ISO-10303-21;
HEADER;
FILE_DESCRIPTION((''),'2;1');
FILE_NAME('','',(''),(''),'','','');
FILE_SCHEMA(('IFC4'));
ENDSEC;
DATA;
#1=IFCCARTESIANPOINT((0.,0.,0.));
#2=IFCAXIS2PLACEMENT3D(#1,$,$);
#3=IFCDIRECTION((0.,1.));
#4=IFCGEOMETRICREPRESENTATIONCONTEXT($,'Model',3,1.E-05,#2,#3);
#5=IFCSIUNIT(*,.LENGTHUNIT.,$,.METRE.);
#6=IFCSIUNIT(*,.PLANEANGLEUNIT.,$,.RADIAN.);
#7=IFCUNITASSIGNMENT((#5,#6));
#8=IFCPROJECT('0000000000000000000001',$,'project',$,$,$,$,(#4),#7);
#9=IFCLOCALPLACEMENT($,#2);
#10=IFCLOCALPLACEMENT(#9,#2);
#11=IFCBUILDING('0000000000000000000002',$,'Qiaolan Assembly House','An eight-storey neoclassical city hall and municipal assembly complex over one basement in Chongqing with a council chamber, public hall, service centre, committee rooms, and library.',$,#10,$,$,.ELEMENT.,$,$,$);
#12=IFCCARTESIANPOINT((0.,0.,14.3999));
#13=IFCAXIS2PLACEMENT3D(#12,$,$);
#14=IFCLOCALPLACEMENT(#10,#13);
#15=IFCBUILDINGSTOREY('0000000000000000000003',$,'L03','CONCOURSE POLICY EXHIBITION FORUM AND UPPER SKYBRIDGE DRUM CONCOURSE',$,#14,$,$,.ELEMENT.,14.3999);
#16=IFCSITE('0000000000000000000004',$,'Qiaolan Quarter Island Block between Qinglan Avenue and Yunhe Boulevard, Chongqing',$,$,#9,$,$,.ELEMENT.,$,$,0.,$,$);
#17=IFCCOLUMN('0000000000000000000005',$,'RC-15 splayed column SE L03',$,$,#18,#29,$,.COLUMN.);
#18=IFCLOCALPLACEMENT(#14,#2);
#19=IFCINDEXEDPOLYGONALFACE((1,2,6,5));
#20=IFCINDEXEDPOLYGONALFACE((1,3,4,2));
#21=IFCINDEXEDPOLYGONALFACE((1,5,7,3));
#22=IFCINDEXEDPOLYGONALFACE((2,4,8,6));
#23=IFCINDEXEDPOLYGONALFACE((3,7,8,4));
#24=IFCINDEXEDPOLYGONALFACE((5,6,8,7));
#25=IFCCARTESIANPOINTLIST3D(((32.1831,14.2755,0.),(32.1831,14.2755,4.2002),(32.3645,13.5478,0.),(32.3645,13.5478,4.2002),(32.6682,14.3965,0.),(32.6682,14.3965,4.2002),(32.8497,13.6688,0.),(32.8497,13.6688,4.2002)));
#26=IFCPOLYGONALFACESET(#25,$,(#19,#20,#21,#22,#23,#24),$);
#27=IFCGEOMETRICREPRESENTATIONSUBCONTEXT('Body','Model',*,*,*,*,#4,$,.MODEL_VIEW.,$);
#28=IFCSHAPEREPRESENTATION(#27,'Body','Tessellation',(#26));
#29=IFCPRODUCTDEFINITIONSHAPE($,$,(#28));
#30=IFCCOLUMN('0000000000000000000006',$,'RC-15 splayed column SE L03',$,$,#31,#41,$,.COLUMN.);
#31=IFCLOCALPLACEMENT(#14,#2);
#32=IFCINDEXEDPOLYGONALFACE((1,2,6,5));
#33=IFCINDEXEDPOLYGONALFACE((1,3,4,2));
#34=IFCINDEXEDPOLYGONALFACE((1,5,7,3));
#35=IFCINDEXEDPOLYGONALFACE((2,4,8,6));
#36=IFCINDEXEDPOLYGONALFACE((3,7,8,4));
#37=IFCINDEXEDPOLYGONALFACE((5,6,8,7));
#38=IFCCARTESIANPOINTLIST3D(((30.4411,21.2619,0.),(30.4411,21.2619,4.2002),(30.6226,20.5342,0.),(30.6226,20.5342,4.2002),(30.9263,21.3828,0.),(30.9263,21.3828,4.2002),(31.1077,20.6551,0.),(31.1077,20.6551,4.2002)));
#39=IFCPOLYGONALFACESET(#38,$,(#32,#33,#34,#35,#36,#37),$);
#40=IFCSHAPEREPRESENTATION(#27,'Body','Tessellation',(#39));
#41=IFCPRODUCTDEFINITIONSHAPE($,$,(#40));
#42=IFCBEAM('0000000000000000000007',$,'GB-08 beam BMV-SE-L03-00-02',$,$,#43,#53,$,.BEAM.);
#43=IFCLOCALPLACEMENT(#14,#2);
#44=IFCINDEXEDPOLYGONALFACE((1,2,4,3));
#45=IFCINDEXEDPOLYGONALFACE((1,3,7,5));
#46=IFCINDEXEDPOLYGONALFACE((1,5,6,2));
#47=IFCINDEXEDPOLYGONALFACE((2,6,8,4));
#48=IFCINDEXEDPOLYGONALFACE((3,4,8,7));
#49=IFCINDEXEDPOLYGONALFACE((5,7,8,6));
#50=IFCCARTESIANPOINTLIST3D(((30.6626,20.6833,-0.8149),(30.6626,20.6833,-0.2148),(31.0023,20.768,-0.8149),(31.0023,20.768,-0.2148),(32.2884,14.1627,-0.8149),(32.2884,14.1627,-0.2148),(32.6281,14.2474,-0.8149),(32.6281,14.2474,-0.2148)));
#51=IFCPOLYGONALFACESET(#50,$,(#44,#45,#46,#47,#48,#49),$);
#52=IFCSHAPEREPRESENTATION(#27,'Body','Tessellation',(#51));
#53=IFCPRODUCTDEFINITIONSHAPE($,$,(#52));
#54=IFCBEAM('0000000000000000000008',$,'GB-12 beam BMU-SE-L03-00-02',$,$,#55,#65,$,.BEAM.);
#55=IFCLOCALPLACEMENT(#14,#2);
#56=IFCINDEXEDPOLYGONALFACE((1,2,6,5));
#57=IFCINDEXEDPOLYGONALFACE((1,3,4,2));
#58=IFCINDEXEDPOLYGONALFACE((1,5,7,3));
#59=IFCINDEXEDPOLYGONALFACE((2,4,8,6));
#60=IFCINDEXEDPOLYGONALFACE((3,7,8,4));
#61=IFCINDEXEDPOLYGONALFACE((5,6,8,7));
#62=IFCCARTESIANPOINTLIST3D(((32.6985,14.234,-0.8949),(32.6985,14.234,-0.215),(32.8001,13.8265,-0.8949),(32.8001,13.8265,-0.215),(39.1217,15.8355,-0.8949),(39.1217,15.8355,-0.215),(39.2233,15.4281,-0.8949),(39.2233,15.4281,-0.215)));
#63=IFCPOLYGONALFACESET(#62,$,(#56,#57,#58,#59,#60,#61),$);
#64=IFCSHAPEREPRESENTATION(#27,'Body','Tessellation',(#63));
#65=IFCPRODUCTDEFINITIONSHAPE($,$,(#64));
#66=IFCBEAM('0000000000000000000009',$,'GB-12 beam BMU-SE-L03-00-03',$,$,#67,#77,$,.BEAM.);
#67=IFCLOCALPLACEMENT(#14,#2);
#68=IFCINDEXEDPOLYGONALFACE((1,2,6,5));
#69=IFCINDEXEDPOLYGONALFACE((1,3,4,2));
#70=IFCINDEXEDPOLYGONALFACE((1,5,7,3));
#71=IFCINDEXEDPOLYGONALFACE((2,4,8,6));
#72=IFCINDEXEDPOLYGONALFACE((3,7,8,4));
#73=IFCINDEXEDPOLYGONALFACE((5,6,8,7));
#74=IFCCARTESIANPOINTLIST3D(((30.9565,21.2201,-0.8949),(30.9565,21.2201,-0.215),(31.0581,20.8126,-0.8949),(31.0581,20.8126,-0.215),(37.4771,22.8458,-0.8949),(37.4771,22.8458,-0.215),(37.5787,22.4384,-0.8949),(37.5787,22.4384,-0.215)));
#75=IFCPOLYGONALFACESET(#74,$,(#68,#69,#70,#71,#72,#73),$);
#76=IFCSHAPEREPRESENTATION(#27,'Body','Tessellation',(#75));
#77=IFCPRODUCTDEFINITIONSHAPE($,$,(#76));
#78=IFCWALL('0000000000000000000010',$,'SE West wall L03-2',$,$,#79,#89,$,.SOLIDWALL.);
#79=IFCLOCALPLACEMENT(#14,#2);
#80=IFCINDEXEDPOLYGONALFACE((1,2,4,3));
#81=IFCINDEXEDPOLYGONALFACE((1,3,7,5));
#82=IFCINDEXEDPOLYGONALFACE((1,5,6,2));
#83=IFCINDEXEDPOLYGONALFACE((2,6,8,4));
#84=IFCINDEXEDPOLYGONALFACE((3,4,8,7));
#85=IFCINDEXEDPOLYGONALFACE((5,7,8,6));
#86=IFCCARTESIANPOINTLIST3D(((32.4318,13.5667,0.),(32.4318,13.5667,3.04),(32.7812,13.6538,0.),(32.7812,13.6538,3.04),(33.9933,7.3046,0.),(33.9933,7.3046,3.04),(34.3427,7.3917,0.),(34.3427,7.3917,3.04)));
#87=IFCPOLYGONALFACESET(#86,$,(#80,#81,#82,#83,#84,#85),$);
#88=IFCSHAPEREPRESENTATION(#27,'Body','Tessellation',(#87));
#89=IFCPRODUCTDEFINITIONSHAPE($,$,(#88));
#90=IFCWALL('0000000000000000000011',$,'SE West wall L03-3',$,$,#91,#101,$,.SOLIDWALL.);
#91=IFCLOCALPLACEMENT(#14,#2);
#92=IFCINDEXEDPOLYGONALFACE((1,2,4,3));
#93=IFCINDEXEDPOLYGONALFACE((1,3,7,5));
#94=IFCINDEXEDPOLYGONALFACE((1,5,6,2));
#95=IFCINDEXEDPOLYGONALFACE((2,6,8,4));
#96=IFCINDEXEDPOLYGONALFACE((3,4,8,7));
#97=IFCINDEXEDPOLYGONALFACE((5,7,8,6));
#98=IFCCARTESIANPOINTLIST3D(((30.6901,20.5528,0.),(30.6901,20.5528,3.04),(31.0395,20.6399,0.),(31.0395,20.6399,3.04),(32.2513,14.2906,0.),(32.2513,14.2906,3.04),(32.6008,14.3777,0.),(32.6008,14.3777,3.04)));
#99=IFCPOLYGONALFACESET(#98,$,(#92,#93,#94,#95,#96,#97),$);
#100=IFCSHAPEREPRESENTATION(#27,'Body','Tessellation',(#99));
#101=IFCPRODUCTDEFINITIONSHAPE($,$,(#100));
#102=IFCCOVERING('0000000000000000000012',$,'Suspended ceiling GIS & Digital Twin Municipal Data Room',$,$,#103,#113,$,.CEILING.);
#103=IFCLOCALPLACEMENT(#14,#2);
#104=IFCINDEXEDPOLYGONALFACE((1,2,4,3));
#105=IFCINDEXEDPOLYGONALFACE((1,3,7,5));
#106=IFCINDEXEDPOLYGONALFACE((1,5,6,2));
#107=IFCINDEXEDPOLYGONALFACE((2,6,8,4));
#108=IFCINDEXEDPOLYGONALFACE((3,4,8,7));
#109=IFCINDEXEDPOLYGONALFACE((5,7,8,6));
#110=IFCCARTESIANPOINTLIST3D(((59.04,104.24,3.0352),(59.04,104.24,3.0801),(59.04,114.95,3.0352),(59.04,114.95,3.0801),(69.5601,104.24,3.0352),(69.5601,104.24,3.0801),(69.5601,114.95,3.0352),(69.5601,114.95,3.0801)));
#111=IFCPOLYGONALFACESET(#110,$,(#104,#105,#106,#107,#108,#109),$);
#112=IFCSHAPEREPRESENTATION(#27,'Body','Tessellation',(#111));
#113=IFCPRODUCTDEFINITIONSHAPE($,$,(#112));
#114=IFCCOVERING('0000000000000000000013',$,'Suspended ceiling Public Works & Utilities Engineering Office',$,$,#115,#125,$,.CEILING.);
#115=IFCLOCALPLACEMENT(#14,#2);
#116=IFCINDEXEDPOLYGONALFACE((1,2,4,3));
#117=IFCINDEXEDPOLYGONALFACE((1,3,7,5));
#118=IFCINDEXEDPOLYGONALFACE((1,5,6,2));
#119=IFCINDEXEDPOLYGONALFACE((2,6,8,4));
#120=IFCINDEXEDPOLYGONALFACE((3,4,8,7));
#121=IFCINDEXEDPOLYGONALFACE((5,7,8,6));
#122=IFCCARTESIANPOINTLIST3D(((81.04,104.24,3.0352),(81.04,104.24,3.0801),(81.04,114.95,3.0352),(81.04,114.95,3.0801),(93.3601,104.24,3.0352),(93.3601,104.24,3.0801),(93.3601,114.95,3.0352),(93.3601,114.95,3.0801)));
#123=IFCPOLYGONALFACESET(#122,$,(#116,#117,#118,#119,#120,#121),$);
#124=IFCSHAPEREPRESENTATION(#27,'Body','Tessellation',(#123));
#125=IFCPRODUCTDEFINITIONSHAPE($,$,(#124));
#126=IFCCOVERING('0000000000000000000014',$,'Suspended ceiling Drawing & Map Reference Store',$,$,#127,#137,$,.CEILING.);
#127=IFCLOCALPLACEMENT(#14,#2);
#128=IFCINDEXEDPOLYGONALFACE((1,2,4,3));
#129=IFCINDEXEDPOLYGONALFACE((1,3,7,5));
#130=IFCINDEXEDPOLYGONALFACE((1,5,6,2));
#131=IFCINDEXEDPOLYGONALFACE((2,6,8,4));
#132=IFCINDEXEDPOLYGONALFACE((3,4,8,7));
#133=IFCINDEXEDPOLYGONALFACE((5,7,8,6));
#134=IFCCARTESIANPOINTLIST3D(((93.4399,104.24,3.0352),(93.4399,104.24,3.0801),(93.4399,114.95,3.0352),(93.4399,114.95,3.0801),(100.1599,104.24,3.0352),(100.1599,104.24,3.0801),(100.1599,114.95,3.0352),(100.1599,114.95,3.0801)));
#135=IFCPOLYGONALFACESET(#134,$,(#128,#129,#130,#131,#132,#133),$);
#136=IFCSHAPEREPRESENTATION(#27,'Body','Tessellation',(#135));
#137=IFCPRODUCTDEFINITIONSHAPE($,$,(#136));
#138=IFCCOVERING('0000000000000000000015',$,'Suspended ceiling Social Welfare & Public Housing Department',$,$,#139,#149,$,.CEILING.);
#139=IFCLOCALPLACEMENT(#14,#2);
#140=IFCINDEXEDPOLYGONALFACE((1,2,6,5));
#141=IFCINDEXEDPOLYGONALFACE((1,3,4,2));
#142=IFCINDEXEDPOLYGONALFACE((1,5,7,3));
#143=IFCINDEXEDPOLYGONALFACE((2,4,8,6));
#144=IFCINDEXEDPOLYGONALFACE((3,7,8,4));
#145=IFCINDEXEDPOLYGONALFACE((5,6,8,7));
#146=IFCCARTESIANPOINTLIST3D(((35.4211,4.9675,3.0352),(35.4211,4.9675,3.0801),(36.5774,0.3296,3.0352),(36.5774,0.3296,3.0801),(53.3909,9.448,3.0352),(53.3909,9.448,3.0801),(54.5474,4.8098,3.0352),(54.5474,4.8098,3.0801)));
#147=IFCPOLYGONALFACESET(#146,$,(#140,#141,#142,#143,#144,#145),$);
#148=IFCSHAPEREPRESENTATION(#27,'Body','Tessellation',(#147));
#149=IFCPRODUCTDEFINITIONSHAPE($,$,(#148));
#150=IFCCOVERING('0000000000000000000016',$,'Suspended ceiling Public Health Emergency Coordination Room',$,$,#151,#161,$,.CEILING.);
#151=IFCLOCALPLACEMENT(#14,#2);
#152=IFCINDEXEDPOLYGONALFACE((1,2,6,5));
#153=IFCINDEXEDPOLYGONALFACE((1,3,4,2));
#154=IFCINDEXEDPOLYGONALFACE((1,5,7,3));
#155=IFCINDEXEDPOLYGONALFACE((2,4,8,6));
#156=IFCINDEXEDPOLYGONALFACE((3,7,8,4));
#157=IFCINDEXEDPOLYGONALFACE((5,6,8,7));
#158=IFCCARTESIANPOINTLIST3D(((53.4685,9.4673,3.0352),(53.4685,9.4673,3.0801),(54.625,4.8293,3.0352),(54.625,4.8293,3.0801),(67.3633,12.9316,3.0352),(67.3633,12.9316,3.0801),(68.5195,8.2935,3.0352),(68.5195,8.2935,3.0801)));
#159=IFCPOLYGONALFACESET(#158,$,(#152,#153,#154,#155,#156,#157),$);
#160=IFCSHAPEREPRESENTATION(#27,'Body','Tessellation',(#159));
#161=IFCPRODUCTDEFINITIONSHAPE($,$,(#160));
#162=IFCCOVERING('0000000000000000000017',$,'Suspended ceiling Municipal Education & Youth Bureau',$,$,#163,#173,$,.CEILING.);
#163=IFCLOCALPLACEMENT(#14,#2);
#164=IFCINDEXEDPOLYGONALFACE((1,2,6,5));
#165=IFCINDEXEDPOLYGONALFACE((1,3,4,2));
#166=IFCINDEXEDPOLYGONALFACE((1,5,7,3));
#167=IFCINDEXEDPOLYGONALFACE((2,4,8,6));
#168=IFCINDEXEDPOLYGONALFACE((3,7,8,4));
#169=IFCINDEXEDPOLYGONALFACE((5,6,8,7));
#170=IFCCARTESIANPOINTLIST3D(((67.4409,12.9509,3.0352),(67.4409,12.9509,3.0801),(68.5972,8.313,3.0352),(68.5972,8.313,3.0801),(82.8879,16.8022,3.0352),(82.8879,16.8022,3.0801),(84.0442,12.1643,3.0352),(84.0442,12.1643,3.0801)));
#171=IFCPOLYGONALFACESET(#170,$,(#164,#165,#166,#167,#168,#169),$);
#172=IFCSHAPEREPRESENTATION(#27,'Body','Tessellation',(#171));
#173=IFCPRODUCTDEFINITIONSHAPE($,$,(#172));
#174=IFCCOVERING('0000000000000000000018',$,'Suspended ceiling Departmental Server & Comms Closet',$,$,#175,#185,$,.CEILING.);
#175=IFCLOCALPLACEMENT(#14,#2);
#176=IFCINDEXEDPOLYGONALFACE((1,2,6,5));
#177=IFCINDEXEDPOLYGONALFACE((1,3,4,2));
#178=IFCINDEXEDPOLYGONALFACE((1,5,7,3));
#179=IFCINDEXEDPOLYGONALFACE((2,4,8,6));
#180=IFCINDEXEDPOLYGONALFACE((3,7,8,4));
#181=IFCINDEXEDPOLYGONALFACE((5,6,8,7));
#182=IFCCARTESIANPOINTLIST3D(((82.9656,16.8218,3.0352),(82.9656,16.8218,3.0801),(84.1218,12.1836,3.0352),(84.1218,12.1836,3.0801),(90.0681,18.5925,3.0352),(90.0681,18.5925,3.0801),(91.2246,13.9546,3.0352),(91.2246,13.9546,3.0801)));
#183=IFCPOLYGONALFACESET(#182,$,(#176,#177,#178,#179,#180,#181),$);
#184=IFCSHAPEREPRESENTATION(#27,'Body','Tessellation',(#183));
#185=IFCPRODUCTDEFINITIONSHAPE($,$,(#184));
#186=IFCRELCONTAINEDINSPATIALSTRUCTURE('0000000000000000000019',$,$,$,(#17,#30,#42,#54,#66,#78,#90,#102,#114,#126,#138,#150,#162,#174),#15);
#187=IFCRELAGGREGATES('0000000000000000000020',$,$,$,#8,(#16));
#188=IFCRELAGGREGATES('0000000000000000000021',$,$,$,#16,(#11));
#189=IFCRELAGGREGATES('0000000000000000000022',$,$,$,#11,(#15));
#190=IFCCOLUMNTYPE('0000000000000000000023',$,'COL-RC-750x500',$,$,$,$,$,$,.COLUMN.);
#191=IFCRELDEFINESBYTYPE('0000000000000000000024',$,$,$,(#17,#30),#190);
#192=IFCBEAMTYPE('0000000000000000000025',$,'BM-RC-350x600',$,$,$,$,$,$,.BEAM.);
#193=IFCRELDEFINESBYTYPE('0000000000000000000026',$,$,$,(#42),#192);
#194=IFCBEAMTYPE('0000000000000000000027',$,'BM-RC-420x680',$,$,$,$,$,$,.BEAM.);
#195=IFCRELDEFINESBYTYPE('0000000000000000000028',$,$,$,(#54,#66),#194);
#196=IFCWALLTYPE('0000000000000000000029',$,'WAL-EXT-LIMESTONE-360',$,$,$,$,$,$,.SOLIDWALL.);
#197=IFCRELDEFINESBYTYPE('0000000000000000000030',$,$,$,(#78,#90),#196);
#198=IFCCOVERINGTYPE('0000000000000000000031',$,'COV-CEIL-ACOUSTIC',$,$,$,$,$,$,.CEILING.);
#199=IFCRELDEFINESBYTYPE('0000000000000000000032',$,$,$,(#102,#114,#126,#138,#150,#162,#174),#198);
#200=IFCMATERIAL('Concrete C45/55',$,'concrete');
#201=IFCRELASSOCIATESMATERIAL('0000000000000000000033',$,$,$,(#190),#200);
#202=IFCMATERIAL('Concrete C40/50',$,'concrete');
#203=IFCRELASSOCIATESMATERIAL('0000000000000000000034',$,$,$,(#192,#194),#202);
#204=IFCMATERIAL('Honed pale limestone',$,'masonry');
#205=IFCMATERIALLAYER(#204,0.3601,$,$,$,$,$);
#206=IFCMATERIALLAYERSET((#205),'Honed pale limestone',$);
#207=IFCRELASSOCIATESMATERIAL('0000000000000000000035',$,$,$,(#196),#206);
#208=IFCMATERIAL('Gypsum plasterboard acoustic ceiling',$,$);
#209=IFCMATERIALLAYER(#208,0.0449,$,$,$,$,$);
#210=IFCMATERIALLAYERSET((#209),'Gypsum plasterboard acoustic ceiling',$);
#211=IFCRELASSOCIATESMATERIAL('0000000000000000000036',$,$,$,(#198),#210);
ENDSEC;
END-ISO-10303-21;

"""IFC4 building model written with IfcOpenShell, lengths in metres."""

from ifc_helpers import new_model, si_unit, direction, frame, frame_2d, origin, origin_2d, place, context, subcontext, project, spatial, polyline, rectangle, outline, extrude, material, layer, layer_set, material_profile, profile_set, type_object, element, save


model = new_model("IFC4")

# Units and contexts
model_context = context("Model", 3, precision=1e-05, world=origin(), true_north=direction((0.0, 1.0)))
body_context = subcontext(model_context, "Body", "Model", "MODEL_VIEW")
ifc_project = project(units=[si_unit("LENGTHUNIT", "METRE"), si_unit("PLANEANGLEUNIT", "RADIAN")], contexts=[model_context])

# Site, building, storey
site_placement = place(None, origin())
site = spatial("IfcSite", under=ifc_project, at=site_placement, Name="Qiaolan Quarter Island Block between Qinglan Avenue and Yunhe Boulevard, Chongqing", CompositionType="ELEMENT", RefElevation=0.0)
building_placement = place(site_placement, origin())
building = spatial("IfcBuilding", under=site, at=building_placement, Name="Qiaolan Assembly House", Description="An eight-storey neoclassical city hall and municipal assembly complex over one basement in Chongqing with a council chamber, public hall, service centre, committee rooms, and library.", CompositionType="ELEMENT")
storey_placement = place(building_placement, frame((0.0, 0.0, 14.3999)))
storey = spatial("IfcBuildingStorey", under=building, at=storey_placement, Name="L03", Description="CONCOURSE POLICY EXHIBITION FORUM AND UPPER SKYBRIDGE DRUM CONCOURSE", CompositionType="ELEMENT", Elevation=14.3999)

# Columns
ifc_material_1 = material(Name="Concrete C45/55", Category="concrete")
ifc_material_profile_1 = material_profile(ifc_material_1, rectangle(XDim=0.5, YDim=0.75, at=origin_2d()), Name="RC 750x500")
ifc_profile_set_1 = profile_set([ifc_material_profile_1], Name="Concrete C45/55")
column_type = type_object("IfcColumnType", Name="COL-RC-750x500", PredefinedType="COLUMN", material=ifc_profile_set_1)
for number, where, z_axis, x_axis, name in (
    (1, (32.5164, 13.9722, 0.0), (0.0, 0.0, 1.0), (0.970296, 0.241922, 0.0), "RC-15 splayed column SE L03"),
    (2, (30.7744, 20.9585, 0.0), (0.0, 0.0, 1.0), (0.970296, 0.241922, 0.0), "RC-15 splayed column SE L03"),
):
    element("IfcColumn", number, at=place(storey_placement, frame(where, z_axis=z_axis, x_axis=x_axis)), inside=storey, type_object=column_type, Name=name, PredefinedType="COLUMN", context=body_context, shape_type="SweptSolid", body=[
        extrude(rectangle(XDim=0.5, YDim=0.75, at=origin_2d()), origin(), (0.0, 0.0, 1.0), 4.2002),
    ])

# Beams
ifc_material_2 = material(Name="Concrete C40/50", Category="concrete")
ifc_material_profile_2 = material_profile(ifc_material_2, rectangle(XDim=0.3501, YDim=0.6001, at=origin_2d()), Name="RCB 350x600")
ifc_profile_set_2 = profile_set([ifc_material_profile_2], Name="Concrete C40/50")
beam_type_1 = type_object("IfcBeamType", Name="BM-RC-350x600", PredefinedType="BEAM", material=ifc_profile_set_2)
beam_1_placement = place(storey_placement, frame((32.4583, 14.2051, -0.5149), z_axis=(-0.24192, 0.970296, 0.0), x_axis=(-0.970296, -0.24192, 0.0)))
element("IfcBeam", 3, at=beam_1_placement, inside=storey, type_object=beam_type_1, Name="GB-08 beam BMV-SE-L03-00-02", PredefinedType="BEAM", context=body_context, shape_type="SweptSolid", body=[
    extrude(rectangle(XDim=0.3501, YDim=0.6001, at=origin_2d()), origin(), (0.0, 0.0, 1.0), 6.7202),
])
ifc_material_profile_3 = material_profile(ifc_material_2, rectangle(XDim=0.4199, YDim=0.6799, at=origin_2d()), Name="RCB 420x680")
ifc_profile_set_3 = profile_set([ifc_material_profile_3], Name="Concrete C40/50")
beam_type_2 = type_object("IfcBeamType", Name="BM-RC-420x680", PredefinedType="BEAM", material=ifc_profile_set_3)
beam_2_placement = place(storey_placement, frame((32.7493, 14.0303, -0.5549), z_axis=(0.970294, 0.241928, 0.0), x_axis=(-0.241928, 0.970294, 0.0)))
element("IfcBeam", 4, at=beam_2_placement, inside=storey, type_object=beam_type_2, Name="GB-12 beam BMU-SE-L03-00-02", PredefinedType="BEAM", context=body_context, shape_type="SweptSolid", body=[
    extrude(rectangle(XDim=0.4199, YDim=0.6799, at=origin_2d()), origin(), (0.0, 0.0, 1.0), 6.6199),
])
beam_3_placement = place(storey_placement, frame((31.0073, 21.0164, -0.5549), z_axis=(0.970296, 0.24192, 0.0), x_axis=(-0.24192, 0.970296, 0.0)))
element("IfcBeam", 5, at=beam_3_placement, inside=storey, type_object=beam_type_2, Name="GB-12 beam BMU-SE-L03-00-03", PredefinedType="BEAM", context=body_context, shape_type="SweptSolid", body=[
    extrude(rectangle(XDim=0.4199, YDim=0.6799, at=origin_2d()), origin(), (0.0, 0.0, 1.0), 6.7202),
])

# Walls
ifc_material_3 = material(Name="Honed pale limestone", Category="masonry")
ifc_layer_1 = layer(ifc_material_3, 0.3601)
ifc_layer_set_1 = layer_set([ifc_layer_1], Name="Honed pale limestone")
wall_type = type_object("IfcWallType", Name="WAL-EXT-LIMESTONE-360", PredefinedType="SOLIDWALL", material=ifc_layer_set_1)
for number, where, z_axis, x_axis, name in (
    (6, (32.6064, 13.6104, 0.0), (0.0, 0.0, 1.0), (0.241948, -0.970289, 0.0), "SE West wall L03-2"),
    (7, (30.8647, 20.5964, 0.0), (0.0, 0.0, 1.0), (0.241913, -0.970298, 0.0), "SE West wall L03-3"),
):
    element("IfcWall", number, at=place(storey_placement, frame(where, z_axis=z_axis, x_axis=x_axis)), inside=storey, type_object=wall_type, Name=name, PredefinedType="SOLIDWALL", context=body_context, shape_type="SweptSolid", body=[
        extrude(rectangle(XDim=6.4539, YDim=0.3601, at=frame_2d((3.2271, 0.0))), origin(), (0.0, 0.0, 1.0), 3.04),
    ])

# Coverings
ifc_material_4 = material(Name="Gypsum plasterboard acoustic ceiling")
ifc_layer_2 = layer(ifc_material_4, 0.0449)
ifc_layer_set_2 = layer_set([ifc_layer_2], Name="Gypsum plasterboard acoustic ceiling")
covering_type_1 = type_object("IfcCoveringType", Name="COV-CEIL-ACOUSTIC", PredefinedType="CEILING", material=ifc_layer_set_2)
covering_1_placement = place(storey_placement, frame((0.0, 0.0, 3.0352)))
element("IfcCovering", 8, at=covering_1_placement, inside=storey, type_object=covering_type_1, Name="Suspended ceiling GIS & Digital Twin Municipal Data Room", PredefinedType="CEILING", context=body_context, shape_type="SweptSolid", body=[
    extrude(outline(polyline([(59.04, 104.24), (69.5601, 104.24), (69.5601, 114.95), (59.04, 114.95), (59.04, 104.24)])), origin(), (0.0, 0.0, 1.0), 0.0449),
])
covering_2_placement = place(storey_placement, frame((0.0, 0.0, 3.0352)))
element("IfcCovering", 9, at=covering_2_placement, inside=storey, type_object=covering_type_1, Name="Suspended ceiling Public Works & Utilities Engineering Office", PredefinedType="CEILING", context=body_context, shape_type="SweptSolid", body=[
    extrude(outline(polyline([(81.04, 104.24), (93.3601, 104.24), (93.3601, 114.95), (81.04, 114.95), (81.04, 104.24)])), origin(), (0.0, 0.0, 1.0), 0.0449),
])
covering_3_placement = place(storey_placement, frame((0.0, 0.0, 3.0352)))
element("IfcCovering", 10, at=covering_3_placement, inside=storey, type_object=covering_type_1, Name="Suspended ceiling Drawing & Map Reference Store", PredefinedType="CEILING", context=body_context, shape_type="SweptSolid", body=[
    extrude(outline(polyline([(93.4399, 104.24), (100.1599, 104.24), (100.1599, 114.95), (93.4399, 114.95), (93.4399, 104.24)])), origin(), (0.0, 0.0, 1.0), 0.0449),
])
covering_4_placement = place(storey_placement, frame((0.0, 0.0, 3.0352)))
element("IfcCovering", 11, at=covering_4_placement, inside=storey, type_object=covering_type_1, Name="Suspended ceiling Social Welfare & Public Housing Department", PredefinedType="CEILING", context=body_context, shape_type="SweptSolid", body=[
    extrude(outline(polyline([(36.5774, 0.3296), (54.5474, 4.8098), (53.3909, 9.448), (35.4211, 4.9675), (36.5774, 0.3296)])), origin(), (0.0, 0.0, 1.0), 0.0449),
])
covering_5_placement = place(storey_placement, frame((0.0, 0.0, 3.0352)))
element("IfcCovering", 12, at=covering_5_placement, inside=storey, type_object=covering_type_1, Name="Suspended ceiling Public Health Emergency Coordination Room", PredefinedType="CEILING", context=body_context, shape_type="SweptSolid", body=[
    extrude(outline(polyline([(54.625, 4.8293), (68.5195, 8.2935), (67.3633, 12.9316), (53.4685, 9.4673), (54.625, 4.8293)])), origin(), (0.0, 0.0, 1.0), 0.0449),
])
covering_6_placement = place(storey_placement, frame((0.0, 0.0, 3.0352)))
element("IfcCovering", 13, at=covering_6_placement, inside=storey, type_object=covering_type_1, Name="Suspended ceiling Municipal Education & Youth Bureau", PredefinedType="CEILING", context=body_context, shape_type="SweptSolid", body=[
    extrude(outline(polyline([(68.5972, 8.313), (84.0442, 12.1643), (82.8879, 16.8022), (67.4409, 12.9509), (68.5972, 8.313)])), origin(), (0.0, 0.0, 1.0), 0.0449),
])
covering_7_placement = place(storey_placement, frame((0.0, 0.0, 3.0352)))
element("IfcCovering", 14, at=covering_7_placement, inside=storey, type_object=covering_type_1, Name="Suspended ceiling Departmental Server & Comms Closet", PredefinedType="CEILING", context=body_context, shape_type="SweptSolid", body=[
    extrude(outline(polyline([(84.1218, 12.1836), (91.2246, 13.9546), (90.0681, 18.5925), (82.9656, 16.8218), (84.1218, 12.1836)])), origin(), (0.0, 0.0, 1.0), 0.0449),
])

save(model, "model.ifc")
